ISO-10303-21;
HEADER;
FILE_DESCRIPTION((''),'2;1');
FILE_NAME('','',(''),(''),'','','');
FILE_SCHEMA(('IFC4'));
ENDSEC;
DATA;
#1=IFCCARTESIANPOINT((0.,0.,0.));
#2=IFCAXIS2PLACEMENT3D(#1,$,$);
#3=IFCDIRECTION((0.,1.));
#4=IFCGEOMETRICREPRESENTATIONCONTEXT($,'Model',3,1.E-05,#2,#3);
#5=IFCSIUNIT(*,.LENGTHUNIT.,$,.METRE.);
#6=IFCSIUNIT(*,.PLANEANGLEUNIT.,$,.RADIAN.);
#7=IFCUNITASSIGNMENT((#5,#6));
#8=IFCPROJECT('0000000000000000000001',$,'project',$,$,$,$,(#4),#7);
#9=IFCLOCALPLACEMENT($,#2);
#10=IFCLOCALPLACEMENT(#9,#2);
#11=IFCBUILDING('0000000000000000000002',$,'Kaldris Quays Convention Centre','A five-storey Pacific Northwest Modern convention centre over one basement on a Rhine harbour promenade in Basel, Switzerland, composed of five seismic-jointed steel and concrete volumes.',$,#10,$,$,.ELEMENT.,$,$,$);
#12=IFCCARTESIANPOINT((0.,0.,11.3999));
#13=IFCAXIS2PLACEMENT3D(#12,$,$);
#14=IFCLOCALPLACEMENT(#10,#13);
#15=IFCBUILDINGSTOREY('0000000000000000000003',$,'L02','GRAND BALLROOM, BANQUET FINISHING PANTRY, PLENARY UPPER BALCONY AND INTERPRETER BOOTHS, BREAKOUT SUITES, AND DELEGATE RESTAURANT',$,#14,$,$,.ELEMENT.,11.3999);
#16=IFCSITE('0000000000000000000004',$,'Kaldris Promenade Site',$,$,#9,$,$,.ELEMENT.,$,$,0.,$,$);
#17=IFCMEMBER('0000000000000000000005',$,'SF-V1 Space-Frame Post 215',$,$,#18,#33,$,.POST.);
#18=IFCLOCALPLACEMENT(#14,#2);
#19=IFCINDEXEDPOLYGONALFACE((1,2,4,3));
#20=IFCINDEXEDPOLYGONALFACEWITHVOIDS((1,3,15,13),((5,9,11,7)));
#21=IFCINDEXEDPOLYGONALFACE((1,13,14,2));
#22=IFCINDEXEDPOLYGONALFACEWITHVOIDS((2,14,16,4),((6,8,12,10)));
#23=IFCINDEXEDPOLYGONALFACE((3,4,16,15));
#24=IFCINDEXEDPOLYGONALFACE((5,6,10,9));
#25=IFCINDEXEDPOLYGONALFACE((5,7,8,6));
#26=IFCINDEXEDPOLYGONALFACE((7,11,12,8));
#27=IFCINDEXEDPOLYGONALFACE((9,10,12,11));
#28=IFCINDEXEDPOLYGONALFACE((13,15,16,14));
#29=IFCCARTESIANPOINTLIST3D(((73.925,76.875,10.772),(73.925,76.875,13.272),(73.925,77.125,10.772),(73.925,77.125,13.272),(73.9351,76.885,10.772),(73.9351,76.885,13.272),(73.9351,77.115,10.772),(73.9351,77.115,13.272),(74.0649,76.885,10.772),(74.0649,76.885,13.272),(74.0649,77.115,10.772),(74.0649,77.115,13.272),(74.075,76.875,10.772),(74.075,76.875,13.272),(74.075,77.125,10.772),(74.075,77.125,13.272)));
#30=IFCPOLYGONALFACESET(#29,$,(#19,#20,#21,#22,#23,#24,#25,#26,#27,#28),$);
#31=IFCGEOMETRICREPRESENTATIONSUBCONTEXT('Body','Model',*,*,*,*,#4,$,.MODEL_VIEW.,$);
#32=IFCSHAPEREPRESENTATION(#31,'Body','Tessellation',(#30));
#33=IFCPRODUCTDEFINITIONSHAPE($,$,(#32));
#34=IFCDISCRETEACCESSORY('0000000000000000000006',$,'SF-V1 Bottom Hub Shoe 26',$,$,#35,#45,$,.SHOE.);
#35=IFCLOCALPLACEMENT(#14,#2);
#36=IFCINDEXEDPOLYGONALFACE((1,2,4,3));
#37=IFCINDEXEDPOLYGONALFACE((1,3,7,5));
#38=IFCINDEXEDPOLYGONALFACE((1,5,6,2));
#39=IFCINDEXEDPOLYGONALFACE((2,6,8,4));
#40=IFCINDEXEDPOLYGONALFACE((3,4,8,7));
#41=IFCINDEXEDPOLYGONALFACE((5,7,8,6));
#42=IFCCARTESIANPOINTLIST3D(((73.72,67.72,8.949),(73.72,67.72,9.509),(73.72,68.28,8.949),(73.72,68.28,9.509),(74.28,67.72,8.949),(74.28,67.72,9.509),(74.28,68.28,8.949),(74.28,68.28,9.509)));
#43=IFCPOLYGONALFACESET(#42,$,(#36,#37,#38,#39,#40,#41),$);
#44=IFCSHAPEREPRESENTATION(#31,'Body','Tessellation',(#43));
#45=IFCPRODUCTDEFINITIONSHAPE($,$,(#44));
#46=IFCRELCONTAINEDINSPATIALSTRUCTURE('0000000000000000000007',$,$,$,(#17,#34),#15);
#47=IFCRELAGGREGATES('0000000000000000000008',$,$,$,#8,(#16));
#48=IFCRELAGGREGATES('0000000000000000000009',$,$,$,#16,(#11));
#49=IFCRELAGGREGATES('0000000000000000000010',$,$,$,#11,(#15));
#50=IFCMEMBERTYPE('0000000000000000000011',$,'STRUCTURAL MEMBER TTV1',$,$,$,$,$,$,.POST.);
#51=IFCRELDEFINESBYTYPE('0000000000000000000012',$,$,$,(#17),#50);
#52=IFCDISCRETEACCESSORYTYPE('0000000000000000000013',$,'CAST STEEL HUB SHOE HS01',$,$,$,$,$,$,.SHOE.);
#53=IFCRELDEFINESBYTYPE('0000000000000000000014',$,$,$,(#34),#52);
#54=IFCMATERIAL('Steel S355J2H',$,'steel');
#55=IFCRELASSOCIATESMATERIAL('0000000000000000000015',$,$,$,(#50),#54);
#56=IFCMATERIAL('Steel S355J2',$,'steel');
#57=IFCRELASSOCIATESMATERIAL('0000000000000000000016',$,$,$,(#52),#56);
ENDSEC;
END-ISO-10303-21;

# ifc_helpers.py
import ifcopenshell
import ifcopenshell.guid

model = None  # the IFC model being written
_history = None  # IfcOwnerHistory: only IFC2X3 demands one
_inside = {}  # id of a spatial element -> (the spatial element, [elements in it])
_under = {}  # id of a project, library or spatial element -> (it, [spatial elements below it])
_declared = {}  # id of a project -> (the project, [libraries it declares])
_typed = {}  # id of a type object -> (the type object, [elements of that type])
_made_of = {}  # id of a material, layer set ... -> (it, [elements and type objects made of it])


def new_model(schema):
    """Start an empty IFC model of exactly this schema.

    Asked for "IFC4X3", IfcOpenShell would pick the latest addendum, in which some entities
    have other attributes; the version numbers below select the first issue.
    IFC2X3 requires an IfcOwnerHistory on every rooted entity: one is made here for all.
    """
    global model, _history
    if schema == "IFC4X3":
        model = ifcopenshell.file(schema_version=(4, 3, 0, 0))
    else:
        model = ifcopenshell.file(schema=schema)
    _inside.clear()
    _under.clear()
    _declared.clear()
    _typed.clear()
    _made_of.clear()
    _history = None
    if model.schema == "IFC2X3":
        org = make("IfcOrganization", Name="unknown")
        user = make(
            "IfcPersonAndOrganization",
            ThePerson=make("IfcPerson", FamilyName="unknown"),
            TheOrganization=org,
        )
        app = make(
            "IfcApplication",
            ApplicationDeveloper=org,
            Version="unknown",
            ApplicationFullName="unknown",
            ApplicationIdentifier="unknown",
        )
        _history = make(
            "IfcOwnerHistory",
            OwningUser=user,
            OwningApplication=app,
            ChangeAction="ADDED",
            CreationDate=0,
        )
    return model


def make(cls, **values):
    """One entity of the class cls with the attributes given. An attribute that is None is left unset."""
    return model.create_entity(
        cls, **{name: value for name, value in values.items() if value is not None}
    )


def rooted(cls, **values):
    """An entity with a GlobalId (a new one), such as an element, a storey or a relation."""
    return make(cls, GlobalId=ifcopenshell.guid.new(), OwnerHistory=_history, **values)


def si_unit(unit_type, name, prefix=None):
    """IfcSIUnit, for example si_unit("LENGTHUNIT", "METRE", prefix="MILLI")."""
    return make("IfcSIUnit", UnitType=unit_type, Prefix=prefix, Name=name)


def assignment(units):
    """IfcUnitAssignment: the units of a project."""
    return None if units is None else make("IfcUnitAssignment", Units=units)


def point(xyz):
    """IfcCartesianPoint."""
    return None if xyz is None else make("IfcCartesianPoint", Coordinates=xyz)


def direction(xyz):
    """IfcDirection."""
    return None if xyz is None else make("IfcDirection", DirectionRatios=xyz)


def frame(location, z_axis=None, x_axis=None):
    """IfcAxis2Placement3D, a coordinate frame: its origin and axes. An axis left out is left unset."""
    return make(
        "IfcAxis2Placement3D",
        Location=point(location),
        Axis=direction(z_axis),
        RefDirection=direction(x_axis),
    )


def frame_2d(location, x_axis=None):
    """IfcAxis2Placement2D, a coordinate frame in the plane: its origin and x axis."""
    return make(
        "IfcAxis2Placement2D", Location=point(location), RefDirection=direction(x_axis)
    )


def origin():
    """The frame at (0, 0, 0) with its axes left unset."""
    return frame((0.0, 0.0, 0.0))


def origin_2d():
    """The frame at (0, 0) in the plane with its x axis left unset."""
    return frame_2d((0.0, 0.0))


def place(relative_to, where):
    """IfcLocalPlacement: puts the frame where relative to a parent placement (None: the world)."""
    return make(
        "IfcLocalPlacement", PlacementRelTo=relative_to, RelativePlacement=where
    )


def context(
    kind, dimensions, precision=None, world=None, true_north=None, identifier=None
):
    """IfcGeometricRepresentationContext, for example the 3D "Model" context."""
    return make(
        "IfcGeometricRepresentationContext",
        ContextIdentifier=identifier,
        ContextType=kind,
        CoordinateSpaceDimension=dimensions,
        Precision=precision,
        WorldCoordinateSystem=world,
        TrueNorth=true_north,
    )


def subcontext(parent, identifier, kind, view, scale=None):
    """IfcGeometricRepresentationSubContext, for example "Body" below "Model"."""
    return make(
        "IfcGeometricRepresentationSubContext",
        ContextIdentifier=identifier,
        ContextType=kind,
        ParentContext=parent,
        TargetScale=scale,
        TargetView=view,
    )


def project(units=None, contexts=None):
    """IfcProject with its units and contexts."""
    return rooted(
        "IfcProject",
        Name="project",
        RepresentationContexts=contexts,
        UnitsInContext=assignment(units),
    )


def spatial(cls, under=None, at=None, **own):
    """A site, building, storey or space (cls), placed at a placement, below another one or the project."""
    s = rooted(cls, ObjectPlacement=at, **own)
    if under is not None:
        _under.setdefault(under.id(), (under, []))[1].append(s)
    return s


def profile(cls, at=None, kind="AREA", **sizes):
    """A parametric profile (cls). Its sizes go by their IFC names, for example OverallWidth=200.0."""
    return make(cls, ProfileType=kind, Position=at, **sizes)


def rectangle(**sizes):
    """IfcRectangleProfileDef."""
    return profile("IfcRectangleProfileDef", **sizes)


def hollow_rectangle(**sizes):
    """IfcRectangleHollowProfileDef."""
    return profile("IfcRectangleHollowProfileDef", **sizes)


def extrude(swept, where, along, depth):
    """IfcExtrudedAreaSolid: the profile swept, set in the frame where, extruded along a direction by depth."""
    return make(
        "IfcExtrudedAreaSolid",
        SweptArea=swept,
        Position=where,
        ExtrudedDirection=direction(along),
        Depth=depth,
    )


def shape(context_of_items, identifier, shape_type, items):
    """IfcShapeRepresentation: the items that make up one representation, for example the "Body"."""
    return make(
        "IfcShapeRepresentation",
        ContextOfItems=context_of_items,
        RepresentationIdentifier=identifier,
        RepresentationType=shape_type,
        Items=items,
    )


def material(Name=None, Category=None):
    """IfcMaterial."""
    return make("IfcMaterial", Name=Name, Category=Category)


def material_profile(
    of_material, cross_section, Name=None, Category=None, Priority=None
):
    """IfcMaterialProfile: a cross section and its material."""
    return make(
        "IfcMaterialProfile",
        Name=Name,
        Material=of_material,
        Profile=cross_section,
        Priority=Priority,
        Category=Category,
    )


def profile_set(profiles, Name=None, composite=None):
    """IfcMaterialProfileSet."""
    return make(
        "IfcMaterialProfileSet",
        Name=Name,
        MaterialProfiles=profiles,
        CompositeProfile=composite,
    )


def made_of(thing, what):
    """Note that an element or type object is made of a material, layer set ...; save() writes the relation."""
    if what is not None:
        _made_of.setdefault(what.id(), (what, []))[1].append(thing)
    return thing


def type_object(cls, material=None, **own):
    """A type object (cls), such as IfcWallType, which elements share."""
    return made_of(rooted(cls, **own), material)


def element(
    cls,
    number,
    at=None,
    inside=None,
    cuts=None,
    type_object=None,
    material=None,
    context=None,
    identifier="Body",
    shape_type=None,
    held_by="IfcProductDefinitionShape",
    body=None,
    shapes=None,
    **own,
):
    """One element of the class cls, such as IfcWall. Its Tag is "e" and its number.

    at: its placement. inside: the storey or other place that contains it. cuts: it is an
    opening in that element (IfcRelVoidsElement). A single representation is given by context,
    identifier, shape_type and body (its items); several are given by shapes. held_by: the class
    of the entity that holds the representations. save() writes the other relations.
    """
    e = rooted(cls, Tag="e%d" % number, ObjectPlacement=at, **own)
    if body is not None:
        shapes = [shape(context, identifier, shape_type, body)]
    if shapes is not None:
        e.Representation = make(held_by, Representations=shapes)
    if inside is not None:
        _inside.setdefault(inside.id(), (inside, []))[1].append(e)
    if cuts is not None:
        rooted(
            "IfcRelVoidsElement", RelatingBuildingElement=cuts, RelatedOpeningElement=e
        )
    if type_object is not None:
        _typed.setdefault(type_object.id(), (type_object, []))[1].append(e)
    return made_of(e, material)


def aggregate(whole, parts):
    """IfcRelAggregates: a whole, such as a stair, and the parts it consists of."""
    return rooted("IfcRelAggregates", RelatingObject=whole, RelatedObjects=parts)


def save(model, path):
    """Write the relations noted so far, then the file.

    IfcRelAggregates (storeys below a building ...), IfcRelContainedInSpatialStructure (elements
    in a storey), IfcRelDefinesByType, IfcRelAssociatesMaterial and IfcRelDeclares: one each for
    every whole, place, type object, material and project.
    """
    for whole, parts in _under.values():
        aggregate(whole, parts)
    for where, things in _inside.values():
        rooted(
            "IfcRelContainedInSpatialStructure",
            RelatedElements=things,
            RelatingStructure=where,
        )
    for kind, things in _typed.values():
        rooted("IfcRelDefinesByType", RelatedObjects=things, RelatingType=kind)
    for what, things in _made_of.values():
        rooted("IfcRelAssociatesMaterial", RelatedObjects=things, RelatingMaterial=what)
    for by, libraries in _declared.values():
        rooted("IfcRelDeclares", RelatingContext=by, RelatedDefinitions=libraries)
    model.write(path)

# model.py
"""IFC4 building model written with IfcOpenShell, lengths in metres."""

from ifc_helpers import new_model, si_unit, direction, frame, origin, origin_2d, place, context, subcontext, project, spatial, rectangle, hollow_rectangle, extrude, material, material_profile, profile_set, type_object, element, save


model = new_model("IFC4")

# Units and contexts
model_context = context("Model", 3, precision=1e-05, world=origin(), true_north=direction((0.0, 1.0)))
body_context = subcontext(model_context, "Body", "Model", "MODEL_VIEW")
ifc_project = project(units=[si_unit("LENGTHUNIT", "METRE"), si_unit("PLANEANGLEUNIT", "RADIAN")], contexts=[model_context])

# Site, building, storey
site_placement = place(None, origin())
site = spatial("IfcSite", under=ifc_project, at=site_placement, Name="Kaldris Promenade Site", CompositionType="ELEMENT", RefElevation=0.0)
building_placement = place(site_placement, origin())
building = spatial("IfcBuilding", under=site, at=building_placement, Name="Kaldris Quays Convention Centre", Description="A five-storey Pacific Northwest Modern convention centre over one basement on a Rhine harbour promenade in Basel, Switzerland, composed of five seismic-jointed steel and concrete volumes.", CompositionType="ELEMENT")
storey_placement = place(building_placement, frame((0.0, 0.0, 11.3999)))
storey = spatial("IfcBuildingStorey", under=building, at=storey_placement, Name="L02", Description="GRAND BALLROOM, BANQUET FINISHING PANTRY, PLENARY UPPER BALCONY AND INTERPRETER BOOTHS, BREAKOUT SUITES, AND DELEGATE RESTAURANT", CompositionType="ELEMENT", Elevation=11.3999)

# Member
ifc_material_1 = material(Name="Steel S355J2H", Category="steel")
ifc_material_profile_1 = material_profile(ifc_material_1, hollow_rectangle(XDim=0.1499, YDim=0.25, WallThickness=0.01, at=origin_2d()), Name="RHS 250x150x10")
ifc_profile_set_1 = profile_set([ifc_material_profile_1], Name="Steel S355J2H")
member_type_1 = type_object("IfcMemberType", Name="STRUCTURAL MEMBER TTV1", PredefinedType="POST", material=ifc_profile_set_1)
for number, where, z_axis, x_axis, name in (
    (1, (74.0, 77.0, 10.772), (0.0, 0.0, 1.0), (1.0, 0.0, 0.0), "SF-V1 Space-Frame Post 215"),
):
    element("IfcMember", number, at=place(storey_placement, frame(where, z_axis=z_axis, x_axis=x_axis)), inside=storey, type_object=member_type_1, Name=name, PredefinedType="POST", context=body_context, shape_type="SweptSolid", body=[
        extrude(hollow_rectangle(XDim=0.1499, YDim=0.25, WallThickness=0.01, at=origin_2d()), origin(), (0.0, 0.0, 1.0), 2.5),
    ])

# Discrete accessory
ifc_material_2 = material(Name="Steel S355J2", Category="steel")
discrete_accessory_type = type_object("IfcDiscreteAccessoryType", Name="CAST STEEL HUB SHOE HS01", PredefinedType="SHOE", material=ifc_material_2)
discrete_accessory_placement = place(storey_placement, frame((74.0, 68.0, 8.949), z_axis=(0.0, 0.0, 1.0), x_axis=(1.0, 0.0, 0.0)))
element("IfcDiscreteAccessory", 2, at=discrete_accessory_placement, inside=storey, type_object=discrete_accessory_type, Name="SF-V1 Bottom Hub Shoe 26", PredefinedType="SHOE", context=body_context, shape_type="SweptSolid", body=[
    extrude(rectangle(XDim=0.5601, YDim=0.5601, at=origin_2d()), origin(), (0.0, 0.0, 1.0), 0.5601),
])

save(model, "model.ifc")
